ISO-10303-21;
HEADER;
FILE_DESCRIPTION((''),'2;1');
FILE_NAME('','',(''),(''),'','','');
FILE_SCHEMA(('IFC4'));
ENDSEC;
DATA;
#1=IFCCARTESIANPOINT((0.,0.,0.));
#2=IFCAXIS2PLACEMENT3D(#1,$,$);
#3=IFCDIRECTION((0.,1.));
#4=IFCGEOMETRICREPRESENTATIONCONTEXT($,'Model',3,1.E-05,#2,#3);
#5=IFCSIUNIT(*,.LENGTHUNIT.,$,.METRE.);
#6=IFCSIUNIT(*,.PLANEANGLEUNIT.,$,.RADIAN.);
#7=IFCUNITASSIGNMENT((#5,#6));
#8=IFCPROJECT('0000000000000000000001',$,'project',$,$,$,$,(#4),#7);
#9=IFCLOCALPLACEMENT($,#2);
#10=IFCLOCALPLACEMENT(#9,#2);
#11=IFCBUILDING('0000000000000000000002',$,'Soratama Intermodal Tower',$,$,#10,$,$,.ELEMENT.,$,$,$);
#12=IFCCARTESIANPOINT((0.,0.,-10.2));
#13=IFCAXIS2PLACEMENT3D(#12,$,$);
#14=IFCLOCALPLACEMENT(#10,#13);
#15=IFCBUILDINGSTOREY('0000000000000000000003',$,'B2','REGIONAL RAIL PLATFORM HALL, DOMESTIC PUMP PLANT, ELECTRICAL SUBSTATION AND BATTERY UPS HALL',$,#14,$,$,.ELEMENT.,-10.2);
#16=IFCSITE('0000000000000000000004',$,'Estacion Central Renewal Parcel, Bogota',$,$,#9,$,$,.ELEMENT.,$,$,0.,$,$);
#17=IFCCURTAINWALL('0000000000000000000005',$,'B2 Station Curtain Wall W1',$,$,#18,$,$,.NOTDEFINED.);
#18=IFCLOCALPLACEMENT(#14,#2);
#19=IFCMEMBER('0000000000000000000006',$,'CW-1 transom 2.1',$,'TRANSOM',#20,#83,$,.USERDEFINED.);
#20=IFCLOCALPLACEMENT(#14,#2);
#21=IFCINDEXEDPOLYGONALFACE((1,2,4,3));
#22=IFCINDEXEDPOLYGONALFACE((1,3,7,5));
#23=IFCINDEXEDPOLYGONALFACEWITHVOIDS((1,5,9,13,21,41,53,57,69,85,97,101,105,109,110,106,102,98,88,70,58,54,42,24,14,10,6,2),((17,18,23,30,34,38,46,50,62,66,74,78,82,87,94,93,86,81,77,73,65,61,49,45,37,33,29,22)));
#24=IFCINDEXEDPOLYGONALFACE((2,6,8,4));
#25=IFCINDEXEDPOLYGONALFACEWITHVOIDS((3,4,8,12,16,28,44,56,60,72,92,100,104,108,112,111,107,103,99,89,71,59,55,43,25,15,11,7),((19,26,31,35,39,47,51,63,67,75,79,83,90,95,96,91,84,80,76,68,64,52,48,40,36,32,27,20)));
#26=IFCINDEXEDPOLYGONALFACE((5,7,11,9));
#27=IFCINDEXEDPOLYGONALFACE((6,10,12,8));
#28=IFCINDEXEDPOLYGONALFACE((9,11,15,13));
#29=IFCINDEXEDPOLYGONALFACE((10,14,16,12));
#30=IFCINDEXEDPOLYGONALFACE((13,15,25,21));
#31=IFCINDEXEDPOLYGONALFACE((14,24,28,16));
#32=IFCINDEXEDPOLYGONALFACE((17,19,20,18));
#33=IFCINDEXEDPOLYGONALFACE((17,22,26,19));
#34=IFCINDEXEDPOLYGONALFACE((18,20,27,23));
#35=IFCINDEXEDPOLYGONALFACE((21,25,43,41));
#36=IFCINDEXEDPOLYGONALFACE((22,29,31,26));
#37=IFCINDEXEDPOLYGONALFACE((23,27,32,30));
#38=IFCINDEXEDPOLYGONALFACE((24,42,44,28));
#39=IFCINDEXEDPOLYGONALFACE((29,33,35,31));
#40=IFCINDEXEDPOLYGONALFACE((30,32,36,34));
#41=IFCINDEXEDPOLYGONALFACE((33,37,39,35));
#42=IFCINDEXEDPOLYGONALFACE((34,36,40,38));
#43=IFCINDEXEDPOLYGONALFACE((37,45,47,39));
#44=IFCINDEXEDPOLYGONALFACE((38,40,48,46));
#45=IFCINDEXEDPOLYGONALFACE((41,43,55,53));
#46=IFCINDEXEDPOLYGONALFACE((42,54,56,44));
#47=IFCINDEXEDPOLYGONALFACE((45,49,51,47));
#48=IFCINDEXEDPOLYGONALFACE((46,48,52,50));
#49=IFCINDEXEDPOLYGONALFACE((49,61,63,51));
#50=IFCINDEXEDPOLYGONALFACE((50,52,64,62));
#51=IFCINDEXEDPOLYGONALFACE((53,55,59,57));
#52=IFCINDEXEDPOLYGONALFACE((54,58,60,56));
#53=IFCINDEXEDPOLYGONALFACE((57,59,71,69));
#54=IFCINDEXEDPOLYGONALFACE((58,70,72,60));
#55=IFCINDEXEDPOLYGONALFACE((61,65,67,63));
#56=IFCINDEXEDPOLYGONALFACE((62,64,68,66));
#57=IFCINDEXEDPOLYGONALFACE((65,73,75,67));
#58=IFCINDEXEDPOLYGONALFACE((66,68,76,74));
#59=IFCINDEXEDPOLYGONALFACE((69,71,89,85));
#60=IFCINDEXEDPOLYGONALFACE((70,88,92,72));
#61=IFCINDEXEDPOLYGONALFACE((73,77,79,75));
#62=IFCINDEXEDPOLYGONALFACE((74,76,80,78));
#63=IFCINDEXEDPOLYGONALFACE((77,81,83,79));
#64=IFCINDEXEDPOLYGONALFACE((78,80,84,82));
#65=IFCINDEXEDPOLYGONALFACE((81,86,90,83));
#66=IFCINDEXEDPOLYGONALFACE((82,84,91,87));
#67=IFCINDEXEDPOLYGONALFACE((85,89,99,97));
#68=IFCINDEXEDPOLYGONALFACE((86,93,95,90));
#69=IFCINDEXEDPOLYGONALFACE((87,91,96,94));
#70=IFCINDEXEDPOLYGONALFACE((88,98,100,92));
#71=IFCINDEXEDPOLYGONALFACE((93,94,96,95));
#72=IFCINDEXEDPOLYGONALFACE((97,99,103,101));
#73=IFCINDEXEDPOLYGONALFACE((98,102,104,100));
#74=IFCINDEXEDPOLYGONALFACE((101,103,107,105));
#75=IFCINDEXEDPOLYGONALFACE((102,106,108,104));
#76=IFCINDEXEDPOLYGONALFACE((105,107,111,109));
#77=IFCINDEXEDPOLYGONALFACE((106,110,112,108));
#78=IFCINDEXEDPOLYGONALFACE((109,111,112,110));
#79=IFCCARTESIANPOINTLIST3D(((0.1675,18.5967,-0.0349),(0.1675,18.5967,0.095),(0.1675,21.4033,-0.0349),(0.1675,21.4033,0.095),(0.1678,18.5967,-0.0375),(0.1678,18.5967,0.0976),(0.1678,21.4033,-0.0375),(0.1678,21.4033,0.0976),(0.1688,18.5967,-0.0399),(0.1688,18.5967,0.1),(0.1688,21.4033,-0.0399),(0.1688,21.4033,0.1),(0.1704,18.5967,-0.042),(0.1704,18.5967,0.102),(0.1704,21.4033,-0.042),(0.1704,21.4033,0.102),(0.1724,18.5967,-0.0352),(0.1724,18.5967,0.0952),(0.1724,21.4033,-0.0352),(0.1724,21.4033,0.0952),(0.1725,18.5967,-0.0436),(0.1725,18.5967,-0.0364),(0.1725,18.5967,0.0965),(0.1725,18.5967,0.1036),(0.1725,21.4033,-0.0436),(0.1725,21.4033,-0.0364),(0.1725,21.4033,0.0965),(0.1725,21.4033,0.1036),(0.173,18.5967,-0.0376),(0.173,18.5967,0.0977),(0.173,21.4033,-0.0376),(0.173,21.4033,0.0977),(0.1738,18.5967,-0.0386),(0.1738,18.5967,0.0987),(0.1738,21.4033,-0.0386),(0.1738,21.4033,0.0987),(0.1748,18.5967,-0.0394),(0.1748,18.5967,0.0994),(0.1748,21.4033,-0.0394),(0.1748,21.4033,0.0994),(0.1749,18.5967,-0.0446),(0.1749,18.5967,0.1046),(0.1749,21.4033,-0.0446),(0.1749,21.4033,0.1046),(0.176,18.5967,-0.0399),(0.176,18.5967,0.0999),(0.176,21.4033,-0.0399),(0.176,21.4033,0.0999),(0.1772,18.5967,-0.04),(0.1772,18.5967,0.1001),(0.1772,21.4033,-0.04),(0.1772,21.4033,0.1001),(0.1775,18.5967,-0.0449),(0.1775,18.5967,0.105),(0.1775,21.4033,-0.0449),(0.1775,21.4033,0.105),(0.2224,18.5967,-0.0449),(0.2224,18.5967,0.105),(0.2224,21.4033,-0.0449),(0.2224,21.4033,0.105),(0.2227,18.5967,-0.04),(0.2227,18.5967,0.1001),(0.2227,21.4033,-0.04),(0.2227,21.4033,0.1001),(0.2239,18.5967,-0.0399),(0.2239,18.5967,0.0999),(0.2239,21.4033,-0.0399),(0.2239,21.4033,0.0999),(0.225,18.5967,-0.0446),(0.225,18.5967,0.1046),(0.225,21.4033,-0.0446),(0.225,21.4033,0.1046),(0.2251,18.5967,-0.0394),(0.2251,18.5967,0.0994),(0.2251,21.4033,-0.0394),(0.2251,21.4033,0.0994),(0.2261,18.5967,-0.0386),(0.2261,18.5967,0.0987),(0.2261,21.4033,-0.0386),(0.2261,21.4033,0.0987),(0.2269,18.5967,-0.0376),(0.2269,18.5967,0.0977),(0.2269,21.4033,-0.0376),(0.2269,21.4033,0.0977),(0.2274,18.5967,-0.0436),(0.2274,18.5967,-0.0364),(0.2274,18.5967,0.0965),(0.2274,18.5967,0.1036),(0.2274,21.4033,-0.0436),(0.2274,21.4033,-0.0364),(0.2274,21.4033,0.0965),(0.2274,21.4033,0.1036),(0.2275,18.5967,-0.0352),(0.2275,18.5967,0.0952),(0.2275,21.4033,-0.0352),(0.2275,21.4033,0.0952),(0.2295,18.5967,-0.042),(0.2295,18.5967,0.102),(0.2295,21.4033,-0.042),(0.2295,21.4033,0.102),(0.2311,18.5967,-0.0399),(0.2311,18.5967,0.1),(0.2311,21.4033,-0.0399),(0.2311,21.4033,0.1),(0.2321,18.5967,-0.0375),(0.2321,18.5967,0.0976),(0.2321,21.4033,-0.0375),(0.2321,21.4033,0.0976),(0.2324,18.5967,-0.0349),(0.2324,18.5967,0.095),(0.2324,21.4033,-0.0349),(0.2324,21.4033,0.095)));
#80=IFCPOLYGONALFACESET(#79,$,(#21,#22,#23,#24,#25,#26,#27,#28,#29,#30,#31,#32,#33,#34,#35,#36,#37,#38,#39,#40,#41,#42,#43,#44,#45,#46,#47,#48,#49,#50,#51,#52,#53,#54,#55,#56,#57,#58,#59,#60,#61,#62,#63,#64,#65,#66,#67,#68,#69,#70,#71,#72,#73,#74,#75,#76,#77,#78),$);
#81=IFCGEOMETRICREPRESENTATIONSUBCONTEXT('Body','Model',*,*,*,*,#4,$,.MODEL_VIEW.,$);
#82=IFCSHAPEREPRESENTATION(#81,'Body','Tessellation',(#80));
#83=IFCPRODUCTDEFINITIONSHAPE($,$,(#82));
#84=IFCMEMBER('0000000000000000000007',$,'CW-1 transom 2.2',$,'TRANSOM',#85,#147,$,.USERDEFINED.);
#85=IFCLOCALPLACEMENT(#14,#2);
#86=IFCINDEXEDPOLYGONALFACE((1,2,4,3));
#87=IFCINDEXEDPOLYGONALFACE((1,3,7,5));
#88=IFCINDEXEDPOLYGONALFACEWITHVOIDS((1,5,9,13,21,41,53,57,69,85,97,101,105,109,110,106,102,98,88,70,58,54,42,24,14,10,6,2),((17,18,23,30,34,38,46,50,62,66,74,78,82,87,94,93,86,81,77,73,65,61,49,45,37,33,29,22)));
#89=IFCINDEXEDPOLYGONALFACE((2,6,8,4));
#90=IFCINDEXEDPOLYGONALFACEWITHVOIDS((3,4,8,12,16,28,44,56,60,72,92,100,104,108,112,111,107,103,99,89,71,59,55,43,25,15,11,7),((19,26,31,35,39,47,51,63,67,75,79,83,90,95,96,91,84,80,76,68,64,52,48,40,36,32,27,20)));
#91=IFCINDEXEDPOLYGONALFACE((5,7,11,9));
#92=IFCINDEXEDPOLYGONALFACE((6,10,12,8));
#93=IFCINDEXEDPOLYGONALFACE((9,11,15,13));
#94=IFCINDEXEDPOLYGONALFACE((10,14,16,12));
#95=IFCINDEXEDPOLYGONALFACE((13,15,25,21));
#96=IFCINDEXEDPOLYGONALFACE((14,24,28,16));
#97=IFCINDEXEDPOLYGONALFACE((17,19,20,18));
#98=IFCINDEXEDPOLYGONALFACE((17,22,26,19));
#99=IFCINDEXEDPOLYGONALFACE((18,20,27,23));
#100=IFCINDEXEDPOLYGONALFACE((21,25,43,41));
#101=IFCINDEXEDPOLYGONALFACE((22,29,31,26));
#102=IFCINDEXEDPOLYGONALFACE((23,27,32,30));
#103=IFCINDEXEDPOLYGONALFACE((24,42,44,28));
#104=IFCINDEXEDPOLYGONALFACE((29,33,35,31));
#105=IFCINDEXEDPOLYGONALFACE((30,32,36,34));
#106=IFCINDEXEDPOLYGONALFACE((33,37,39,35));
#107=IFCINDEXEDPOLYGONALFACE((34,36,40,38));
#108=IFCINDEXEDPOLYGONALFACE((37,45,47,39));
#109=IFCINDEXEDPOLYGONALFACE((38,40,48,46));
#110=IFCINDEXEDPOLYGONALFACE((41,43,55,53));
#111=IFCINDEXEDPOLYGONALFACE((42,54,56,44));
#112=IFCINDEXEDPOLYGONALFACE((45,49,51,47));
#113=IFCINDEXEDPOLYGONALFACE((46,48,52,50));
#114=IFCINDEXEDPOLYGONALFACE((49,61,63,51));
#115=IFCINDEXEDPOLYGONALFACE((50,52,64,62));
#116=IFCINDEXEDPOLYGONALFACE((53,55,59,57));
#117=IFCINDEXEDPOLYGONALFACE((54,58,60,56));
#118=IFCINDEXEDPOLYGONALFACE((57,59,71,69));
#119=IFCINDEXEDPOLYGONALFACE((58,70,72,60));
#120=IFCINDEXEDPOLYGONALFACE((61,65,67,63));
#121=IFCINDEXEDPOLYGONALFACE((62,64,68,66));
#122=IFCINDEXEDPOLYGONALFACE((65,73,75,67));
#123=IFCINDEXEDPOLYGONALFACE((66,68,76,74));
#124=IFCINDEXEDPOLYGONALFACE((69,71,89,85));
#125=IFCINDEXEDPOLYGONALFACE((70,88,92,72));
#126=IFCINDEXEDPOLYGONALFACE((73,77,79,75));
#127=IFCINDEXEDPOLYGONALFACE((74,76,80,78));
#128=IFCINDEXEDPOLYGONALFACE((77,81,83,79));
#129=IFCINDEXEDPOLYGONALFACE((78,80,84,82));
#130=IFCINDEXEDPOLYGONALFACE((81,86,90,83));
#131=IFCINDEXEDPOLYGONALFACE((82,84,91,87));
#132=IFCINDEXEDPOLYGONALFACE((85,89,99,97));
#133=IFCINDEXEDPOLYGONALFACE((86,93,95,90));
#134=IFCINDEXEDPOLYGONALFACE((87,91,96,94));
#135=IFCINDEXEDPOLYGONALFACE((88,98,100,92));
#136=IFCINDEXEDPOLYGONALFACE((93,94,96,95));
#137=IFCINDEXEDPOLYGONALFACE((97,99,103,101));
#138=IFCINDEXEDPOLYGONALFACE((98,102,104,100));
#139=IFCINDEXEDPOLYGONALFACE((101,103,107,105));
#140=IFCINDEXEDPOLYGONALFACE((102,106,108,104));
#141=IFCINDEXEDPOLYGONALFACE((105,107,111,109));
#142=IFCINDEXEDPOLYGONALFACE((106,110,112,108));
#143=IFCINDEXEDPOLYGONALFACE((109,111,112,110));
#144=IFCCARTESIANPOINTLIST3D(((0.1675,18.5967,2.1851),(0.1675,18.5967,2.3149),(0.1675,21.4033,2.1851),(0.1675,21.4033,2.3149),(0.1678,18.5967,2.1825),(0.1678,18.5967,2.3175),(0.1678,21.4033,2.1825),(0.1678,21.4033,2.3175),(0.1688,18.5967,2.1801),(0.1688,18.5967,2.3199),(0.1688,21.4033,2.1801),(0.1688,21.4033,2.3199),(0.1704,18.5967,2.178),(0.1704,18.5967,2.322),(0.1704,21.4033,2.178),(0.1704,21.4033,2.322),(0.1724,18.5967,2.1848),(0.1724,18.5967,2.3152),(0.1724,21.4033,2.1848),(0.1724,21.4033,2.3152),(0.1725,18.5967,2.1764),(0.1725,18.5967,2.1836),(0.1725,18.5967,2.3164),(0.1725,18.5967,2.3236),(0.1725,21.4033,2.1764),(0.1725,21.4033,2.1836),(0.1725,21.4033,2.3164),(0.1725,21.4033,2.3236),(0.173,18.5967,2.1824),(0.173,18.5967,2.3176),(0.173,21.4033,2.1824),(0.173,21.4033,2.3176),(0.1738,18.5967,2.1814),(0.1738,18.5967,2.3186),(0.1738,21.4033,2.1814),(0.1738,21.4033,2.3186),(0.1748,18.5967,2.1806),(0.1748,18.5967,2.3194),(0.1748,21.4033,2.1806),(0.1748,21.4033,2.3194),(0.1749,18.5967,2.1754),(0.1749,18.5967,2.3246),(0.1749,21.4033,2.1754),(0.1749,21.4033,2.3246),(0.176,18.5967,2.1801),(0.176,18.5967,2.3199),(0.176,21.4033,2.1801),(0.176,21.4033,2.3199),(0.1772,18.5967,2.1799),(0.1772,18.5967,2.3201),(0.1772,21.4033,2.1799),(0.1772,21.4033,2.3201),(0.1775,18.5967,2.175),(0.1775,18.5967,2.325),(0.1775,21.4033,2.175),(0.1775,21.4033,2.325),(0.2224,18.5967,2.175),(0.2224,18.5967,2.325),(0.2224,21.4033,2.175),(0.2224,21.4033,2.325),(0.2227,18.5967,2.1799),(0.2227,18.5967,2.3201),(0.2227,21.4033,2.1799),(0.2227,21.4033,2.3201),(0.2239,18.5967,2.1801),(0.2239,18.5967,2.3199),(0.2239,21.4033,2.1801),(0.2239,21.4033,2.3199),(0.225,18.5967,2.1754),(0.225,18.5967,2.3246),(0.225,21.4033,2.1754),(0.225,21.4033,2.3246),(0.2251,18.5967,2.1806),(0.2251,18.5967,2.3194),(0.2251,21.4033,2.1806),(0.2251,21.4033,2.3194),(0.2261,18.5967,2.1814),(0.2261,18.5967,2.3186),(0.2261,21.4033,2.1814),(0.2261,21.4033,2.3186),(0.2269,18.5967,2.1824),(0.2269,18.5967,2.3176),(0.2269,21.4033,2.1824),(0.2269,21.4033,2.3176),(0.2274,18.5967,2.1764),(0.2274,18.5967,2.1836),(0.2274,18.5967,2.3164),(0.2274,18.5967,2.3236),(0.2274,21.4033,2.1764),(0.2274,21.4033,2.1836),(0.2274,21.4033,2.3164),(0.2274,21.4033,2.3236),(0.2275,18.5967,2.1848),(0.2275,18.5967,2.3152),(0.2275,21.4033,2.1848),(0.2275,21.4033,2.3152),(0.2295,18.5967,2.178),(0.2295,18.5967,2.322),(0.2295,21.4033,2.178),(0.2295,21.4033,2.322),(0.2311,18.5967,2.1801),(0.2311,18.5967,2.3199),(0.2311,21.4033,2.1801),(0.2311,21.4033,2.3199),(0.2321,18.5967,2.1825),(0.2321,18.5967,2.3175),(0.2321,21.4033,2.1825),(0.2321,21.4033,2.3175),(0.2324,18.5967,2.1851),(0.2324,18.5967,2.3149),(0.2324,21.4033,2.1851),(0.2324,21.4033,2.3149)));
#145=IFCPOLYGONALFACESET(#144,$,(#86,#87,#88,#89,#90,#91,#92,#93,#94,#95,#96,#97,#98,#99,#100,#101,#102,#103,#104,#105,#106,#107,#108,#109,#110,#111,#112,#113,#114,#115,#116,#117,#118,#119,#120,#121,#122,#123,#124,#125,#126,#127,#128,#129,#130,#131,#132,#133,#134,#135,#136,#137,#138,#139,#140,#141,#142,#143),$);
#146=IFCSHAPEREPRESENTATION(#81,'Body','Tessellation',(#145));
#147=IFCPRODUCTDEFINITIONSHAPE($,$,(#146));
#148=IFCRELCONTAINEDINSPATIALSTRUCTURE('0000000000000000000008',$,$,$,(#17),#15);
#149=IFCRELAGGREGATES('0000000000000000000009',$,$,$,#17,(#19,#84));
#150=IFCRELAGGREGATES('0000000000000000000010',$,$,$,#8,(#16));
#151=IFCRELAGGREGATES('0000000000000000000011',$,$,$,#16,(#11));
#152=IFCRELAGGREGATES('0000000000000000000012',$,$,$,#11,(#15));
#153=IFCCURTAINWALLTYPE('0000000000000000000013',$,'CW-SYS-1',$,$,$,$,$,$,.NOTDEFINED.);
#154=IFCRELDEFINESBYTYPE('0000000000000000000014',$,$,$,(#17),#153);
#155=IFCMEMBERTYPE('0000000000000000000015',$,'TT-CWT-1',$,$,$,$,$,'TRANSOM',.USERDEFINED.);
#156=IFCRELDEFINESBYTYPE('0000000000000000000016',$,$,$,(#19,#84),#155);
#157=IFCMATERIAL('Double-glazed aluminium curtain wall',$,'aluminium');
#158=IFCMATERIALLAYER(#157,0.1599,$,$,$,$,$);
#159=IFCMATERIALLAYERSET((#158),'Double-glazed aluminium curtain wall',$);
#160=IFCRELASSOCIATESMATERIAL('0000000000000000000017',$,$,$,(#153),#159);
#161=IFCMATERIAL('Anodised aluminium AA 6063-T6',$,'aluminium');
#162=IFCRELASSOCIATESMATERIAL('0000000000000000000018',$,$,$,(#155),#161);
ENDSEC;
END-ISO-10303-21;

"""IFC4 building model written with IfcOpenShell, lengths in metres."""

from ifc_helpers import new_model, si_unit, direction, frame, origin, origin_2d, place, context, subcontext, project, spatial, hollow_rectangle, extrude, material, layer, layer_set, material_profile, profile_set, type_object, element, aggregate, save


model = new_model("IFC4")

# Units and contexts
model_context = context("Model", 3, precision=1e-05, world=origin(), true_north=direction((0.0, 1.0)))
body_context = subcontext(model_context, "Body", "Model", "MODEL_VIEW")
ifc_project = project(units=[si_unit("LENGTHUNIT", "METRE"), si_unit("PLANEANGLEUNIT", "RADIAN")], contexts=[model_context])

# Site, building, storey
site_placement = place(None, origin())
site = spatial("IfcSite", under=ifc_project, at=site_placement, Name="Estacion Central Renewal Parcel, Bogota", CompositionType="ELEMENT", RefElevation=0.0)
building_placement = place(site_placement, origin())
building = spatial("IfcBuilding", under=site, at=building_placement, Name="Soratama Intermodal Tower", CompositionType="ELEMENT")
storey_placement = place(building_placement, frame((0.0, 0.0, -10.2)))
storey = spatial("IfcBuildingStorey", under=building, at=storey_placement, Name="B2", Description="REGIONAL RAIL PLATFORM HALL, DOMESTIC PUMP PLANT, ELECTRICAL SUBSTATION AND BATTERY UPS HALL", CompositionType="ELEMENT", Elevation=-10.2)

# Curtain wall, members
ifc_material_1 = material(Name="Double-glazed aluminium curtain wall", Category="aluminium")
ifc_layer_1 = layer(ifc_material_1, 0.1599)
ifc_layer_set_1 = layer_set([ifc_layer_1], Name="Double-glazed aluminium curtain wall")
curtain_wall_type = type_object("IfcCurtainWallType", Name="CW-SYS-1", PredefinedType="NOTDEFINED", material=ifc_layer_set_1)
curtain_wall_placement = place(storey_placement, origin())
curtain_wall = element("IfcCurtainWall", 1, at=curtain_wall_placement, inside=storey, type_object=curtain_wall_type, Name="B2 Station Curtain Wall W1", PredefinedType="NOTDEFINED")
ifc_material_2 = material(Name="Anodised aluminium AA 6063-T6", Category="aluminium")
ifc_material_profile_1 = material_profile(ifc_material_2, hollow_rectangle(XDim=0.0649, YDim=0.1499, WallThickness=0.0049, InnerFilletRadius=0.0049, OuterFilletRadius=0.01, at=origin_2d()), Name="CWT150X65X5")
ifc_profile_set_1 = profile_set([ifc_material_profile_1], Name="Anodised aluminium AA 6063-T6")
member_type_1 = type_object("IfcMemberType", Name="TT-CWT-1", ElementType="TRANSOM", PredefinedType="USERDEFINED", material=ifc_profile_set_1)
member_1_placement = place(storey_placement, frame((0.2, 18.5967, 0.03), z_axis=(0.0, 1.0, 0.0), x_axis=(-1.0, 0.0, 0.0)))
member_1 = element("IfcMember", 2, at=member_1_placement, type_object=member_type_1, Name="CW-1 transom 2.1", ObjectType="TRANSOM", PredefinedType="USERDEFINED", context=body_context, shape_type="SweptSolid", body=[
    extrude(hollow_rectangle(XDim=0.0649, YDim=0.1499, WallThickness=0.0049, InnerFilletRadius=0.0049, OuterFilletRadius=0.01, at=origin_2d()), origin(), (0.0, 0.0, 1.0), 2.8066),
])
member_2_placement = place(storey_placement, frame((0.2, 18.5967, 2.25), z_axis=(0.0, 1.0, 0.0), x_axis=(-1.0, 0.0, 0.0)))
member_2 = element("IfcMember", 3, at=member_2_placement, type_object=member_type_1, Name="CW-1 transom 2.2", ObjectType="TRANSOM", PredefinedType="USERDEFINED", context=body_context, shape_type="SweptSolid", body=[
    extrude(hollow_rectangle(XDim=0.0649, YDim=0.1499, WallThickness=0.0049, InnerFilletRadius=0.0049, OuterFilletRadius=0.01, at=origin_2d()), origin(), (0.0, 0.0, 1.0), 2.8066),
])
aggregate(curtain_wall, [member_1, member_2])

save(model, "model.ifc")
